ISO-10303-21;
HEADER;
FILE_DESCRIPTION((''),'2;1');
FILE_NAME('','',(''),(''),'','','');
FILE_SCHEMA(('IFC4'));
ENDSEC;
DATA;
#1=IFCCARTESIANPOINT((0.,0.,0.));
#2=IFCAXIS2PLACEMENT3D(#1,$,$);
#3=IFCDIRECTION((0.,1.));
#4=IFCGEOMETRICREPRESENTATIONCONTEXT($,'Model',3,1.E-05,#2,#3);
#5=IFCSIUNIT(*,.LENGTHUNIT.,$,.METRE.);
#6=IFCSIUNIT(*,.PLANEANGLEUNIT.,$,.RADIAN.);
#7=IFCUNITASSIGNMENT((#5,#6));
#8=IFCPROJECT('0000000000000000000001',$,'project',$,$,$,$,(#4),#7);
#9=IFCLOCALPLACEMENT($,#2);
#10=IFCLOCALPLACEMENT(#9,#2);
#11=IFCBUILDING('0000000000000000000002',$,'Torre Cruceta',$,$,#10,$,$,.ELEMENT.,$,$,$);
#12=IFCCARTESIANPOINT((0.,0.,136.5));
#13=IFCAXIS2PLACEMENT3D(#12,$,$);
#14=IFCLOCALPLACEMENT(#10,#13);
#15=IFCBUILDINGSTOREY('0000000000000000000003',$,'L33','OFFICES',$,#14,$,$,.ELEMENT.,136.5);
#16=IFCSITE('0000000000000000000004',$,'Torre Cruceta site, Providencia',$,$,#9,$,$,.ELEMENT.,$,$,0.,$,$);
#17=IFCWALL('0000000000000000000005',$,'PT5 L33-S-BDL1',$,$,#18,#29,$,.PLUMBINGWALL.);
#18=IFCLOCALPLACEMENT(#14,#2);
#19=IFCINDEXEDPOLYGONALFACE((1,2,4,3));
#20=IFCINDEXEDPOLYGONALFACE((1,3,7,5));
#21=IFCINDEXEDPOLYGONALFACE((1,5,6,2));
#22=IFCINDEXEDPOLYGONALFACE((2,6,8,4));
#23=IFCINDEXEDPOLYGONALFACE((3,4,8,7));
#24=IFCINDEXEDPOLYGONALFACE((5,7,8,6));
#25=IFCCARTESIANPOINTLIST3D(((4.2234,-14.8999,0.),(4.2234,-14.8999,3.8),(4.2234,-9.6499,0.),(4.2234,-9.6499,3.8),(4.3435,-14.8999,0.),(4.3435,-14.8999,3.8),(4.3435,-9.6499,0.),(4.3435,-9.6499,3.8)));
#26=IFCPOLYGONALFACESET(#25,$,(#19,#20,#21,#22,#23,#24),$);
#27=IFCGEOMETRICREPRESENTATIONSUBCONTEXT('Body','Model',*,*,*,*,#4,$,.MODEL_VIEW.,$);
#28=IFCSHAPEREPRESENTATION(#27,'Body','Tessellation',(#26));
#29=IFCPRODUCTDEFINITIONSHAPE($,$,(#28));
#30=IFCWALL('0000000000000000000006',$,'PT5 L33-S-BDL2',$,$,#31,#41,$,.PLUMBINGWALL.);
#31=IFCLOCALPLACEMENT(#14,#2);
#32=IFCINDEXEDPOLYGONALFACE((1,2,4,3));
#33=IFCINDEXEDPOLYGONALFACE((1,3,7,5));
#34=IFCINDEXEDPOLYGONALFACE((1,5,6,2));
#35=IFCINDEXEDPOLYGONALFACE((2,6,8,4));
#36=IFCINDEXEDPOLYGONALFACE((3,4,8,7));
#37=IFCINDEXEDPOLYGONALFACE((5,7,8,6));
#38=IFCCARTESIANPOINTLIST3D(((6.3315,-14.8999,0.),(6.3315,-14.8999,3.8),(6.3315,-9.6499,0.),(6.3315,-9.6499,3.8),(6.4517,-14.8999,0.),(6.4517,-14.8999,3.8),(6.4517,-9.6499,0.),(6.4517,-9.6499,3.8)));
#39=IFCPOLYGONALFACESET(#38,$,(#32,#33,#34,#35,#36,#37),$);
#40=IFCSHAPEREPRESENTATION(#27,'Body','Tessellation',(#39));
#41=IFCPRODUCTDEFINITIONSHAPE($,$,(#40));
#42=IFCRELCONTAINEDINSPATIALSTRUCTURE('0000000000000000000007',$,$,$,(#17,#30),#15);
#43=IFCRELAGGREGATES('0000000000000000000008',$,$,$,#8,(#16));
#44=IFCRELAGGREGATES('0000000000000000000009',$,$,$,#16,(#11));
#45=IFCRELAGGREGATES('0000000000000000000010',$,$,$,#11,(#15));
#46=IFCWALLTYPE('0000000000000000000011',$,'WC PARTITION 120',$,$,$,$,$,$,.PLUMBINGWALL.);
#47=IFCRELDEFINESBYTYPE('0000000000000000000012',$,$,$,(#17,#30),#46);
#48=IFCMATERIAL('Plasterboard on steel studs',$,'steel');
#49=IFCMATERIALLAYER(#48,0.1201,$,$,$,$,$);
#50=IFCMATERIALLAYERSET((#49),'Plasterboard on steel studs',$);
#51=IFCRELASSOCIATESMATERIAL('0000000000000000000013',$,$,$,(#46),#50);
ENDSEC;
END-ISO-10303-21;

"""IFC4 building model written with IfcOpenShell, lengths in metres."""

from ifc_helpers import new_model, si_unit, direction, frame, frame_2d, origin, place, context, subcontext, project, spatial, rectangle, extrude, material, layer, layer_set, type_object, element, save


model = new_model("IFC4")

# Units and contexts
model_context = context("Model", 3, precision=1e-05, world=origin(), true_north=direction((0.0, 1.0)))
body_context = subcontext(model_context, "Body", "Model", "MODEL_VIEW")
ifc_project = project(units=[si_unit("LENGTHUNIT", "METRE"), si_unit("PLANEANGLEUNIT", "RADIAN")], contexts=[model_context])

# Site, building, storey
site_placement = place(None, origin())
site = spatial("IfcSite", under=ifc_project, at=site_placement, Name="Torre Cruceta site, Providencia", CompositionType="ELEMENT", RefElevation=0.0)
building_placement = place(site_placement, origin())
building = spatial("IfcBuilding", under=site, at=building_placement, Name="Torre Cruceta", CompositionType="ELEMENT")
storey_placement = place(building_placement, frame((0.0, 0.0, 136.5)))
storey = spatial("IfcBuildingStorey", under=building, at=storey_placement, Name="L33", Description="OFFICES", CompositionType="ELEMENT", Elevation=136.5)

# Walls
ifc_material_1 = material(Name="Plasterboard on steel studs", Category="steel")
ifc_layer_1 = layer(ifc_material_1, 0.1201)
ifc_layer_set_1 = layer_set([ifc_layer_1], Name="Plasterboard on steel studs")
wall_type_1 = type_object("IfcWallType", Name="WC PARTITION 120", PredefinedType="PLUMBINGWALL", material=ifc_layer_set_1)
for number, where, z_axis, x_axis, name in (
    (1, (4.2834, -9.6499, 0.0), (0.0, 0.0, 1.0), (0.0, -1.0, 0.0), "PT5 L33-S-BDL1"),
    (2, (6.3916, -9.6499, 0.0), (0.0, 0.0, 1.0), (0.0, -1.0, 0.0), "PT5 L33-S-BDL2"),
):
    element("IfcWall", number, at=place(storey_placement, frame(where, z_axis=z_axis, x_axis=x_axis)), inside=storey, type_object=wall_type_1, Name=name, PredefinedType="PLUMBINGWALL", context=body_context, shape_type="SweptSolid", body=[
        extrude(rectangle(XDim=5.25, YDim=0.1201, at=frame_2d((2.625, 0.0))), origin(), (0.0, 0.0, 1.0), 3.8),
    ])

save(model, "model.ifc")
